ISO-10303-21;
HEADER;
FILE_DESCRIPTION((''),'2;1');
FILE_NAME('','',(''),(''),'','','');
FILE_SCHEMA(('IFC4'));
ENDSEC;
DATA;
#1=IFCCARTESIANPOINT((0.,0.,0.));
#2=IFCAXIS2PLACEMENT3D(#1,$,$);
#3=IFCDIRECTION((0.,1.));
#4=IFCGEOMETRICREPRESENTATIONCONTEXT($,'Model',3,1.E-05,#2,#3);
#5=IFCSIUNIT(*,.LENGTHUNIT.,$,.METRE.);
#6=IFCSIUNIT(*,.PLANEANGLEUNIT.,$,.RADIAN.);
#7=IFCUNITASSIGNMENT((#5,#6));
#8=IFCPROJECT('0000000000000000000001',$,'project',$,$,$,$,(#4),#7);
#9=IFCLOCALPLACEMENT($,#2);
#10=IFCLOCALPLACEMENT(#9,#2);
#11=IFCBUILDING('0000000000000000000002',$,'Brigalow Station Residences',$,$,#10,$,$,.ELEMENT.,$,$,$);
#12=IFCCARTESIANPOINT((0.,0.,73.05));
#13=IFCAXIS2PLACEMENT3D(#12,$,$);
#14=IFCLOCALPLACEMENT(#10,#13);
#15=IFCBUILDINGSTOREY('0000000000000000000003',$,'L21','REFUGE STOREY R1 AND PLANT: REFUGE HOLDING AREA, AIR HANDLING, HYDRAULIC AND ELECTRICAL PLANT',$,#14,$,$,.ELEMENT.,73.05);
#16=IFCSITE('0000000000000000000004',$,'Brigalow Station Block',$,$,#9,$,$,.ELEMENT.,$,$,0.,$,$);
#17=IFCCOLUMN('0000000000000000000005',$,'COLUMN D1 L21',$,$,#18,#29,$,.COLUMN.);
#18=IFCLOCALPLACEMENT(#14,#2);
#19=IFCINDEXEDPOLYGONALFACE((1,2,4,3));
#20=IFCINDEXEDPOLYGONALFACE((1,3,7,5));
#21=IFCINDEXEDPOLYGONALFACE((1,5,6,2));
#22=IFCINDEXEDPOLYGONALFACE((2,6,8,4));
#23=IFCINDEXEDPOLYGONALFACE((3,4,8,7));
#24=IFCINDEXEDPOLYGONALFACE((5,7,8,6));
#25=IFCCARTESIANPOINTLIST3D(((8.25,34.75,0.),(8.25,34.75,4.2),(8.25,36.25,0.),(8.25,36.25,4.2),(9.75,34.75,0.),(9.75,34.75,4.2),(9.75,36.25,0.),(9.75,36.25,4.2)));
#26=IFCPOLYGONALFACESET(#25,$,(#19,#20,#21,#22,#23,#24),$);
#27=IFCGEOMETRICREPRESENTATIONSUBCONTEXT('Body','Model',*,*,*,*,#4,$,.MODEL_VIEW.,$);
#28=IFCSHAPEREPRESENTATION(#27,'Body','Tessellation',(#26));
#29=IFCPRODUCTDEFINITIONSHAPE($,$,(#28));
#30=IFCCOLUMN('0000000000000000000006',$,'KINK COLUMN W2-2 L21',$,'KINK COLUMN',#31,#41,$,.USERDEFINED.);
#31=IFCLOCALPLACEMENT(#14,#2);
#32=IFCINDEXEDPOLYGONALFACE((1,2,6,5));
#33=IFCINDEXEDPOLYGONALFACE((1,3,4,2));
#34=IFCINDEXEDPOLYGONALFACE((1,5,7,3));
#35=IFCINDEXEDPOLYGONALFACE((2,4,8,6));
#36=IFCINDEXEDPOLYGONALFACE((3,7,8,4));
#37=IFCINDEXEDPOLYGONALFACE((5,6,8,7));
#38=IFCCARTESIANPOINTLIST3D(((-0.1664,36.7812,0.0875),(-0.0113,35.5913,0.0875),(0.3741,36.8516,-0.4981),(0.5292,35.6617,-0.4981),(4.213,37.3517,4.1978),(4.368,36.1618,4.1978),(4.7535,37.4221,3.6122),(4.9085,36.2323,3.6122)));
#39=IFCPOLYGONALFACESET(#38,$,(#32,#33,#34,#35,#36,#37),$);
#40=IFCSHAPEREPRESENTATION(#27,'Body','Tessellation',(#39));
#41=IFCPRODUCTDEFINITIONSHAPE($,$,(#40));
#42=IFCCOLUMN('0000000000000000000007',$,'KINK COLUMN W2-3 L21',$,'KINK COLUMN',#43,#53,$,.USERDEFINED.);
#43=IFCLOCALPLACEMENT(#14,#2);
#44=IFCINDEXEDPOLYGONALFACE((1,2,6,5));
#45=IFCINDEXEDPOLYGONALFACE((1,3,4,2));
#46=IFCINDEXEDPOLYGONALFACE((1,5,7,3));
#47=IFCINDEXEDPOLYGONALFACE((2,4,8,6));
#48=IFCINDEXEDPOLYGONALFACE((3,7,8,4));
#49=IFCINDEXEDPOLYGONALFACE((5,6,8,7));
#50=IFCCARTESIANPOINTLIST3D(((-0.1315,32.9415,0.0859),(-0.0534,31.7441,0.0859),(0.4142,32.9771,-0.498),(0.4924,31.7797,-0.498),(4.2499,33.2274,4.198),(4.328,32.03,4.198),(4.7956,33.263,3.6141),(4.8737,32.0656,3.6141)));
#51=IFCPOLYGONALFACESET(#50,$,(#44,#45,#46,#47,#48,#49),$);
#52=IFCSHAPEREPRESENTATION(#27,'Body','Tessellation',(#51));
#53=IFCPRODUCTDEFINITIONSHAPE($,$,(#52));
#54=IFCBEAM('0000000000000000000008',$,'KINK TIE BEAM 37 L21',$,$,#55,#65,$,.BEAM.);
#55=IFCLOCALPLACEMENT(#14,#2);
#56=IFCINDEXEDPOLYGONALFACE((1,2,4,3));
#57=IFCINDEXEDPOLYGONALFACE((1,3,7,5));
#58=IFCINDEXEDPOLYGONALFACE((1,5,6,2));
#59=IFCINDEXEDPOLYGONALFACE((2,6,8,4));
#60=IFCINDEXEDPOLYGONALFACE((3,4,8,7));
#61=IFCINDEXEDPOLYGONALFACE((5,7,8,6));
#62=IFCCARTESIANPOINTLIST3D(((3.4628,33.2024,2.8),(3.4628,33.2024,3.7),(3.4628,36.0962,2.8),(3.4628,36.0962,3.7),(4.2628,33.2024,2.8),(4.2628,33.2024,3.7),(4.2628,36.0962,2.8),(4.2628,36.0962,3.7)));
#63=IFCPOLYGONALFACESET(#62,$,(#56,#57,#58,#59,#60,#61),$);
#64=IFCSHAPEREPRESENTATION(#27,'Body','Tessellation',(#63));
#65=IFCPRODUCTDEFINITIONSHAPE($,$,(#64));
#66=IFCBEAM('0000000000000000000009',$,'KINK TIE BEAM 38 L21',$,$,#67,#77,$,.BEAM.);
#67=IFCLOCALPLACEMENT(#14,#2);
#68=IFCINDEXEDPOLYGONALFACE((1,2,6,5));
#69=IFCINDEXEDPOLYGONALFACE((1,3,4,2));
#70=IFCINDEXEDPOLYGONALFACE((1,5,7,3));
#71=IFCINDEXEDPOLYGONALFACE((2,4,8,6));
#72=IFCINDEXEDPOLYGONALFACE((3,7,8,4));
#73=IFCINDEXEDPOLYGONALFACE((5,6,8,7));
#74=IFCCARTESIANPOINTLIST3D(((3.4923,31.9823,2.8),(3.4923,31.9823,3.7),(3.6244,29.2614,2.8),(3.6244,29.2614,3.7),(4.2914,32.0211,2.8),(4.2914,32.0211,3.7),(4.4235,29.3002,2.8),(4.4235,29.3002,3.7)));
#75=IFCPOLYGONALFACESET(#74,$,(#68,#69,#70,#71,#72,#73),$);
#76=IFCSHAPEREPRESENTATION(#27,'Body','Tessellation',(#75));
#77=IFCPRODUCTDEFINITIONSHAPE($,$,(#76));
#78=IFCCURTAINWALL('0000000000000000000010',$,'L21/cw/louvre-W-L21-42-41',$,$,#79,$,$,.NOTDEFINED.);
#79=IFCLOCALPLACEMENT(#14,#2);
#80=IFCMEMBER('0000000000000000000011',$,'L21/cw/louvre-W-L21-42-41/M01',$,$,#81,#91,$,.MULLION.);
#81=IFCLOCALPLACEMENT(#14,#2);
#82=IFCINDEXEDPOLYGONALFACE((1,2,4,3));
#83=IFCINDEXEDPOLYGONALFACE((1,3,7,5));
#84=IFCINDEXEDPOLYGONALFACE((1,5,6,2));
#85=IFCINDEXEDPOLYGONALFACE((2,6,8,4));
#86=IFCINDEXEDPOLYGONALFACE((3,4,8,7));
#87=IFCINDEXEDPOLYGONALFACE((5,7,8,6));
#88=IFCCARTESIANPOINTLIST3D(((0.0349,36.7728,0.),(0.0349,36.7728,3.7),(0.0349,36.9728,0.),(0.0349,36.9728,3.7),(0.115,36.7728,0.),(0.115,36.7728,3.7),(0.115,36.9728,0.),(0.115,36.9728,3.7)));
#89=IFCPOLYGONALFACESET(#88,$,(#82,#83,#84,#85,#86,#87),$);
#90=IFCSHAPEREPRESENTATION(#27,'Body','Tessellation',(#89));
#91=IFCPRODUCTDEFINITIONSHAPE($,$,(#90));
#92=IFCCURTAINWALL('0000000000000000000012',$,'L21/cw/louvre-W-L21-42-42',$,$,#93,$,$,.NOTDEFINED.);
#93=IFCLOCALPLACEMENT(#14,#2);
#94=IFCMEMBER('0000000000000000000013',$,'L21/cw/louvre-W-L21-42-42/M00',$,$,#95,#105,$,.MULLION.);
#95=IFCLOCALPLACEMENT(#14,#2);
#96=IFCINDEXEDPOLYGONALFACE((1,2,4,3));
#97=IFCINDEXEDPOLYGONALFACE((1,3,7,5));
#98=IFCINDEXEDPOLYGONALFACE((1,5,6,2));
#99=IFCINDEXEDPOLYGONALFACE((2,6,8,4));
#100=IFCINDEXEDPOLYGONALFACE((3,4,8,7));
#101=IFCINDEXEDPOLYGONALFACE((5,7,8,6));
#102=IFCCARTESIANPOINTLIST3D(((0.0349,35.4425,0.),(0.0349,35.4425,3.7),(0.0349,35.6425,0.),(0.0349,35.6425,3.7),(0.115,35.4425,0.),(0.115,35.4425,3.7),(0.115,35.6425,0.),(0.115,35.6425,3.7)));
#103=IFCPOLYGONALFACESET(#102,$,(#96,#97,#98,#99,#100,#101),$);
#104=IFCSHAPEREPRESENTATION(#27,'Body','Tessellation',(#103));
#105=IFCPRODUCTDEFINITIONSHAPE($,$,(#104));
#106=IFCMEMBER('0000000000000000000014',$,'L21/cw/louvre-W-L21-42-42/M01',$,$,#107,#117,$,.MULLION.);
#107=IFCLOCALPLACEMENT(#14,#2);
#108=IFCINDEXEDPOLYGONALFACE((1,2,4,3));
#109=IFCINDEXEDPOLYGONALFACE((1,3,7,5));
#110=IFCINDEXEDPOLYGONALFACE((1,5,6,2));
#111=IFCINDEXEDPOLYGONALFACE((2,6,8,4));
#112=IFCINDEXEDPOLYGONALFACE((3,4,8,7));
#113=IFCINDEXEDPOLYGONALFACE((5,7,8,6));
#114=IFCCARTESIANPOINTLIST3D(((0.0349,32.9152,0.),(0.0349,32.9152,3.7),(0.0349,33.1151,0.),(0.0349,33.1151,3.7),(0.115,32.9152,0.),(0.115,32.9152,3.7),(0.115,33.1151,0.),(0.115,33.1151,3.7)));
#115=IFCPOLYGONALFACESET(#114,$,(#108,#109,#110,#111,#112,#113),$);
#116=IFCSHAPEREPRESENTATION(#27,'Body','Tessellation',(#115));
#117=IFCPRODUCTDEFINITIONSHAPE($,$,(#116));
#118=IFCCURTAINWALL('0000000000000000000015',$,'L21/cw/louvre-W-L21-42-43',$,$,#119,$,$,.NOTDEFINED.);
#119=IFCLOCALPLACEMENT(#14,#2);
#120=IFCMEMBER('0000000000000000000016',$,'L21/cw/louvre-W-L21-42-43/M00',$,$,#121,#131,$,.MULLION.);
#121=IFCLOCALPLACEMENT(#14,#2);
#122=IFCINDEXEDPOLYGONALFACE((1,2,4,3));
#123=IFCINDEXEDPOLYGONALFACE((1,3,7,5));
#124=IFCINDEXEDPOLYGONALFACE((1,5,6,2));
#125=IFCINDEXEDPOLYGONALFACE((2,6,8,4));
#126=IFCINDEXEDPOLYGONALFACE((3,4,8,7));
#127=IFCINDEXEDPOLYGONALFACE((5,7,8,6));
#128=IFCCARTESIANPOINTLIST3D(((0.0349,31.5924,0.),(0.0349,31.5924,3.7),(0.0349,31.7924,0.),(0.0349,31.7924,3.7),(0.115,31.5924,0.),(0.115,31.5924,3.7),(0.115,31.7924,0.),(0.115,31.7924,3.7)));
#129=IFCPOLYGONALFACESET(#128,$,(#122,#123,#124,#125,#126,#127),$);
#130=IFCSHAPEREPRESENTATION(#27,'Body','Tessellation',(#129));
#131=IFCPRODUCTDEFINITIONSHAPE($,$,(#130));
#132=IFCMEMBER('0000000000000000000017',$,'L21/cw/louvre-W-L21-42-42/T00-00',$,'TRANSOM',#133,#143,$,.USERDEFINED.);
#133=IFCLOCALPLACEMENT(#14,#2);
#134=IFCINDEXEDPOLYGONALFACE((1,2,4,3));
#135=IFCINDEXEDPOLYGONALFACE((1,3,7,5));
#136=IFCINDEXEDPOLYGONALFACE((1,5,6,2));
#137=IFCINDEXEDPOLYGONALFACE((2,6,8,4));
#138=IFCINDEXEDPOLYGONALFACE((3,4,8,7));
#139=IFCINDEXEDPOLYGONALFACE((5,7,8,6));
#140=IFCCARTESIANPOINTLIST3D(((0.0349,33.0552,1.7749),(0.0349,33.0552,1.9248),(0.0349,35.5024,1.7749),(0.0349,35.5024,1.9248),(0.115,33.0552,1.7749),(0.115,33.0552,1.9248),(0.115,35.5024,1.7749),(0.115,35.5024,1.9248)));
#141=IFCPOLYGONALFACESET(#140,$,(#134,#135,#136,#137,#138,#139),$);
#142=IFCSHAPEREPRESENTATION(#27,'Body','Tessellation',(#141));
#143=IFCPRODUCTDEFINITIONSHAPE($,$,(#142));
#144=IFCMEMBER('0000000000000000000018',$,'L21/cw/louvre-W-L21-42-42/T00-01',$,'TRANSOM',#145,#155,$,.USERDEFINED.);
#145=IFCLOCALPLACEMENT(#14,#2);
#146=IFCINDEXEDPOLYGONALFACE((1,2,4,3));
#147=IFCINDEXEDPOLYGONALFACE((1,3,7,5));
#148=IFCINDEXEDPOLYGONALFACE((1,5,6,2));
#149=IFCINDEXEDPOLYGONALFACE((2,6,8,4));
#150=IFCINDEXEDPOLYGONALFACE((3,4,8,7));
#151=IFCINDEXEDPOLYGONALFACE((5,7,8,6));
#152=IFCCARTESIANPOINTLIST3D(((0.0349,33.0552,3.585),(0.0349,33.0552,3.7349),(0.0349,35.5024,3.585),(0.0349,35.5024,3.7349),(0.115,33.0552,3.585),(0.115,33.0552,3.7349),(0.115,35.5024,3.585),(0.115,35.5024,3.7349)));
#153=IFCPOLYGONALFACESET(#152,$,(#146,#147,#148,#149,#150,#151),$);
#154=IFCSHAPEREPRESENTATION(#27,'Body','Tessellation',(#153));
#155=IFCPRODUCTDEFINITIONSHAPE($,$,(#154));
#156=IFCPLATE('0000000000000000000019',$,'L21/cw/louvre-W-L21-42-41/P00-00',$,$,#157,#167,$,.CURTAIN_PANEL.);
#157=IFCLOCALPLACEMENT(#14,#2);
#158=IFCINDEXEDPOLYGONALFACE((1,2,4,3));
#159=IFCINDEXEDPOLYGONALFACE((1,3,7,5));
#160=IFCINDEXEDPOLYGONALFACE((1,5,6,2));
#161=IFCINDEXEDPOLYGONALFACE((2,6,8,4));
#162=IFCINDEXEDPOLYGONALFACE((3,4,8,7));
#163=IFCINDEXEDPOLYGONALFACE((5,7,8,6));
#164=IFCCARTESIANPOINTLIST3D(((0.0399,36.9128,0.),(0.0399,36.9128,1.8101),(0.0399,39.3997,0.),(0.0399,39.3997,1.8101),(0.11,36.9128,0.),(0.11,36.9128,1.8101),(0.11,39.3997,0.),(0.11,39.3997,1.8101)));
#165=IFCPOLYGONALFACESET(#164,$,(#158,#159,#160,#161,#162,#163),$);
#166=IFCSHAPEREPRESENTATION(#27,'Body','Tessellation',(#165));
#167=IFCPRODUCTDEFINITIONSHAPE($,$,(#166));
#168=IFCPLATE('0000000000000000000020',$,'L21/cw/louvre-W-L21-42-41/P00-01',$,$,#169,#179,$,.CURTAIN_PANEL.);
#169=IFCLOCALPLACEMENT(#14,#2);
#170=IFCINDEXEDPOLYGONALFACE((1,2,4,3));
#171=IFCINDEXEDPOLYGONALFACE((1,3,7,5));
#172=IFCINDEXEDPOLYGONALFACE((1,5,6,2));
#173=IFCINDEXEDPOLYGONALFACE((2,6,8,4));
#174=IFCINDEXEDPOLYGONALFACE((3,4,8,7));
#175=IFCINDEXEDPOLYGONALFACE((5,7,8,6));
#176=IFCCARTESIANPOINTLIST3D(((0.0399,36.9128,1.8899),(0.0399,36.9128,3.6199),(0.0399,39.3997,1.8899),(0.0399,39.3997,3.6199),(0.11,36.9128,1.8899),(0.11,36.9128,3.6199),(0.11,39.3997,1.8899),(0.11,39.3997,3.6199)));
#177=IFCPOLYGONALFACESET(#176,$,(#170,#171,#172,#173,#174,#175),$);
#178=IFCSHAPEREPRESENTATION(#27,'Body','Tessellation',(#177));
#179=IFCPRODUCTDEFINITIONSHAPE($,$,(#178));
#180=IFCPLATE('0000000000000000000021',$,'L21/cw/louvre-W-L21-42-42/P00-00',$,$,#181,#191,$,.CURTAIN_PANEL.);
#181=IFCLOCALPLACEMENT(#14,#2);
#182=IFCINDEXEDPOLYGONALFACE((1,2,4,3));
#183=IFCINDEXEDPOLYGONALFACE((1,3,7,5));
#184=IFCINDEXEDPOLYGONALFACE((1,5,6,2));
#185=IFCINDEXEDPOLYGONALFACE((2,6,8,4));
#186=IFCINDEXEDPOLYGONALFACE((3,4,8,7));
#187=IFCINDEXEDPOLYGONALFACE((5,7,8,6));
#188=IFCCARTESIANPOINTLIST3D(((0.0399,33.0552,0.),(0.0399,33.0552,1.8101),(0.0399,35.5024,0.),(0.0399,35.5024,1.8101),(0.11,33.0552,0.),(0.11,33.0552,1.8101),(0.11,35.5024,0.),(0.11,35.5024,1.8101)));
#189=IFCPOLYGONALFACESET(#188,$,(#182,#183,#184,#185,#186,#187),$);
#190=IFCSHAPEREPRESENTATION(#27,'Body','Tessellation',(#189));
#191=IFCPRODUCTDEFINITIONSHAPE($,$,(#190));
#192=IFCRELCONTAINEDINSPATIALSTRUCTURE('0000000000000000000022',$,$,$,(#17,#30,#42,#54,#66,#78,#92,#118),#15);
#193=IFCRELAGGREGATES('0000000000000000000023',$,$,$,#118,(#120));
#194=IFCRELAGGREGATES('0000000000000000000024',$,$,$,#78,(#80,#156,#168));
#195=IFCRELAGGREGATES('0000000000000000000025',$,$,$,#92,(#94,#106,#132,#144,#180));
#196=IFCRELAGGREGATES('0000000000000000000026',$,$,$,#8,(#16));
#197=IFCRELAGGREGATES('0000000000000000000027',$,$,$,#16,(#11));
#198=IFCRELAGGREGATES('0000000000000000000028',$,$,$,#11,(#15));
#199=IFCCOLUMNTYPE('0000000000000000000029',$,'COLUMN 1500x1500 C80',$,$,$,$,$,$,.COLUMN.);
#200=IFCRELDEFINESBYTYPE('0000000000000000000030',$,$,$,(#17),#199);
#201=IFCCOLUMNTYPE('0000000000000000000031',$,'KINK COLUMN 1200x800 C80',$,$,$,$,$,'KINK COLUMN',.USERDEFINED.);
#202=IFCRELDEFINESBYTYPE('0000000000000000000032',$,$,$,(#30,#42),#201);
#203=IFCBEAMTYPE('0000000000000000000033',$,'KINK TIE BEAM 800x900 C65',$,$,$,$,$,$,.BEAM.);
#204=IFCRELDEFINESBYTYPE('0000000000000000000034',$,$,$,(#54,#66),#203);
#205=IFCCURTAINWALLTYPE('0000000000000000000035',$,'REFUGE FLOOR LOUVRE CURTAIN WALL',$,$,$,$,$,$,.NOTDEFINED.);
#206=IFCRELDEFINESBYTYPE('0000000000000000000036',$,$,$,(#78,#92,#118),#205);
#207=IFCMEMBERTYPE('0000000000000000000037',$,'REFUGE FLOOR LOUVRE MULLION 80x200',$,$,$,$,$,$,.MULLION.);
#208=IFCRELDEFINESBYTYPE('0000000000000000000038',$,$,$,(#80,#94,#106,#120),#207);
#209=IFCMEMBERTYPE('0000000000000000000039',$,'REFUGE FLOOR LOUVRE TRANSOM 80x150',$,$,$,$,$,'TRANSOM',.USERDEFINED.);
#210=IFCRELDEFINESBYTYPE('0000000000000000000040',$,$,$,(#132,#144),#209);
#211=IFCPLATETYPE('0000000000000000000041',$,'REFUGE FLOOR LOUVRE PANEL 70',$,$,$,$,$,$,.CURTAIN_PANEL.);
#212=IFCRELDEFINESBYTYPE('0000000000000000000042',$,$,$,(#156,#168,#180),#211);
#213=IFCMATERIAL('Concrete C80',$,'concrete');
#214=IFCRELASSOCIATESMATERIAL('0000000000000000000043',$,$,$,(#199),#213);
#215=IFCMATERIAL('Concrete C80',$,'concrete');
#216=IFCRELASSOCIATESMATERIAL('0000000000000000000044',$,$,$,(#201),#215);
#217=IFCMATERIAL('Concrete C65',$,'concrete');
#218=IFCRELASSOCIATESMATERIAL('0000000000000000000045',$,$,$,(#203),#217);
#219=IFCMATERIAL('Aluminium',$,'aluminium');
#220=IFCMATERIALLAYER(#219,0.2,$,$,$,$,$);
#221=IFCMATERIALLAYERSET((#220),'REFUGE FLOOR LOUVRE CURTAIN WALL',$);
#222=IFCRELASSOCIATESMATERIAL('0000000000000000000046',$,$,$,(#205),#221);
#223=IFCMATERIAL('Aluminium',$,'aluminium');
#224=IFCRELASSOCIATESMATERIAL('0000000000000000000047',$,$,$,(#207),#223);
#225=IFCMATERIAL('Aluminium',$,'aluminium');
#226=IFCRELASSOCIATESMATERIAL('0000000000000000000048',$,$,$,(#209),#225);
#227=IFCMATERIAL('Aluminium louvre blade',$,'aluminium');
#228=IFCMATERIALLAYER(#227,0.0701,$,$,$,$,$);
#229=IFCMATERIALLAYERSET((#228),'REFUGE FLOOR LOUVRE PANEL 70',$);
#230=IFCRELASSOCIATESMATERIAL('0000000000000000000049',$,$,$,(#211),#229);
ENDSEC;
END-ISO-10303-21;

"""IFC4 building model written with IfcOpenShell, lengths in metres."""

from ifc_helpers import new_model, si_unit, direction, frame, origin, origin_2d, place, context, subcontext, project, spatial, rectangle, extrude, material, layer, layer_set, material_profile, profile_set, type_object, element, aggregate, save


model = new_model("IFC4")

# Units and contexts
model_context = context("Model", 3, precision=1e-05, world=origin(), true_north=direction((0.0, 1.0)))
body_context = subcontext(model_context, "Body", "Model", "MODEL_VIEW")
ifc_project = project(units=[si_unit("LENGTHUNIT", "METRE"), si_unit("PLANEANGLEUNIT", "RADIAN")], contexts=[model_context])

# Site, building, storey
site_placement = place(None, origin())
site = spatial("IfcSite", under=ifc_project, at=site_placement, Name="Brigalow Station Block", CompositionType="ELEMENT", RefElevation=0.0)
building_placement = place(site_placement, origin())
building = spatial("IfcBuilding", under=site, at=building_placement, Name="Brigalow Station Residences", CompositionType="ELEMENT")
storey_placement = place(building_placement, frame((0.0, 0.0, 73.05)))
storey = spatial("IfcBuildingStorey", under=building, at=storey_placement, Name="L21", Description="REFUGE STOREY R1 AND PLANT: REFUGE HOLDING AREA, AIR HANDLING, HYDRAULIC AND ELECTRICAL PLANT", CompositionType="ELEMENT", Elevation=73.05)

# Columns
ifc_material_1 = material(Name="Concrete C80", Category="concrete")
ifc_material_profile_1 = material_profile(ifc_material_1, rectangle(XDim=1.5, YDim=1.5, at=origin_2d()), Name="RC1500x1500")
ifc_profile_set_1 = profile_set([ifc_material_profile_1], Name="Concrete C80")
column_type_1 = type_object("IfcColumnType", Name="COLUMN 1500x1500 C80", PredefinedType="COLUMN", material=ifc_profile_set_1)
column_1_placement = place(storey_placement, frame((9.0, 35.5, 0.0), z_axis=(0.0, 0.0, 1.0), x_axis=(1.0, 0.0, 0.0)))
element("IfcColumn", 1, at=column_1_placement, inside=storey, type_object=column_type_1, Name="COLUMN D1 L21", PredefinedType="COLUMN", context=body_context, shape_type="SweptSolid", body=[
    extrude(rectangle(XDim=1.5, YDim=1.5, at=origin_2d()), origin(), (0.0, 0.0, 1.0), 4.2),
])
ifc_material_2 = material(Name="Concrete C80", Category="concrete")
ifc_material_profile_2 = material_profile(ifc_material_2, rectangle(XDim=1.2, YDim=0.8, at=origin_2d()), Name="RC1200x800")
ifc_profile_set_2 = profile_set([ifc_material_profile_2], Name="Concrete C80")
column_type_2 = type_object("IfcColumnType", Name="KINK COLUMN 1200x800 C80", ElementType="KINK COLUMN", PredefinedType="USERDEFINED", material=ifc_profile_set_2)
column_2_placement = place(storey_placement, frame((0.1814, 36.2214, -0.2053), z_axis=(0.725881, 0.094569, 0.681288), x_axis=(-0.12919, 0.99162, 0.0)))
element("IfcColumn", 2, at=column_2_placement, inside=storey, type_object=column_type_2, Name="KINK COLUMN W2-2 L21", ObjectType="KINK COLUMN", PredefinedType="USERDEFINED", context=body_context, shape_type="SweptSolid", body=[
    extrude(rectangle(XDim=1.2, YDim=0.8, at=origin_2d()), origin(), (0.0, 0.0, 1.0), 6.0332),
])
column_3_placement = place(storey_placement, frame((0.1804, 32.3606, -0.2061), z_axis=(0.728336, 0.047525, 0.683571), x_axis=(-0.065113, 0.997878, 0.0)))
element("IfcColumn", 3, at=column_3_placement, inside=storey, type_object=column_type_2, Name="KINK COLUMN W2-3 L21", ObjectType="KINK COLUMN", PredefinedType="USERDEFINED", context=body_context, shape_type="SweptSolid", body=[
    extrude(rectangle(XDim=1.2, YDim=0.8, at=origin_2d()), origin(), (0.0, 0.0, 1.0), 6.0156),
])

# Beams
ifc_material_3 = material(Name="Concrete C65", Category="concrete")
ifc_material_profile_3 = material_profile(ifc_material_3, rectangle(XDim=0.8, YDim=0.8999, at=origin_2d()), Name="RC800x900")
ifc_profile_set_3 = profile_set([ifc_material_profile_3], Name="Concrete C65")
beam_type = type_object("IfcBeamType", Name="KINK TIE BEAM 800x900 C65", PredefinedType="BEAM", material=ifc_profile_set_3)
beam_1_placement = place(storey_placement, frame((3.8628, 36.0962, 3.25), z_axis=(0.0, -1.0, 0.0), x_axis=(1.0, 0.0, 0.0)))
element("IfcBeam", 4, at=beam_1_placement, inside=storey, type_object=beam_type, Name="KINK TIE BEAM 37 L21", PredefinedType="BEAM", context=body_context, shape_type="SweptSolid", body=[
    extrude(rectangle(XDim=0.8, YDim=0.8999, at=origin_2d()), origin(), (0.0, 0.0, 1.0), 2.8938),
])
beam_2_placement = place(storey_placement, frame((3.8918, 32.0017, 3.25), z_axis=(0.048485, -0.998824, 0.0), x_axis=(0.998824, 0.048485, 0.0)))
element("IfcBeam", 5, at=beam_2_placement, inside=storey, type_object=beam_type, Name="KINK TIE BEAM 38 L21", PredefinedType="BEAM", context=body_context, shape_type="SweptSolid", body=[
    extrude(rectangle(XDim=0.8, YDim=0.8999, at=origin_2d()), origin(), (0.0, 0.0, 1.0), 2.7241),
])

# Curtain wall, member
ifc_material_4 = material(Name="Aluminium", Category="aluminium")
ifc_layer_1 = layer(ifc_material_4, 0.2)
ifc_layer_set_1 = layer_set([ifc_layer_1], Name="REFUGE FLOOR LOUVRE CURTAIN WALL")
curtain_wall_type = type_object("IfcCurtainWallType", Name="REFUGE FLOOR LOUVRE CURTAIN WALL", PredefinedType="NOTDEFINED", material=ifc_layer_set_1)
curtain_wall_1_placement = place(storey_placement, origin())
curtain_wall_1 = element("IfcCurtainWall", 6, at=curtain_wall_1_placement, inside=storey, type_object=curtain_wall_type, Name="L21/cw/louvre-W-L21-42-41", PredefinedType="NOTDEFINED")
ifc_material_5 = material(Name="Aluminium", Category="aluminium")
ifc_material_profile_4 = material_profile(ifc_material_5, rectangle(XDim=0.0801, YDim=0.2, at=origin_2d()), Name="REFUGE FLOOR LOUVRE MULLION 80x200")
ifc_profile_set_4 = profile_set([ifc_material_profile_4], Name="Aluminium")
member_type_1 = type_object("IfcMemberType", Name="REFUGE FLOOR LOUVRE MULLION 80x200", PredefinedType="MULLION", material=ifc_profile_set_4)
member_1_placement = place(storey_placement, frame((0.075, 36.8728, 0.0), z_axis=(0.0, 0.0, 1.0), x_axis=(1.0, 0.0, 0.0)))
member_1 = element("IfcMember", 7, at=member_1_placement, type_object=member_type_1, Name="L21/cw/louvre-W-L21-42-41/M01", PredefinedType="MULLION", context=body_context, shape_type="SweptSolid", body=[
    extrude(rectangle(XDim=0.0801, YDim=0.2, at=origin_2d()), origin(), (0.0, 0.0, 1.0), 3.7),
])

# Curtain wall, members
curtain_wall_2_placement = place(storey_placement, origin())
curtain_wall_2 = element("IfcCurtainWall", 8, at=curtain_wall_2_placement, inside=storey, type_object=curtain_wall_type, Name="L21/cw/louvre-W-L21-42-42", PredefinedType="NOTDEFINED")
member_2_placement = place(storey_placement, frame((0.075, 35.5425, 0.0), z_axis=(0.0, 0.0, 1.0), x_axis=(1.0, 0.0, 0.0)))
member_2 = element("IfcMember", 9, at=member_2_placement, type_object=member_type_1, Name="L21/cw/louvre-W-L21-42-42/M00", PredefinedType="MULLION", context=body_context, shape_type="SweptSolid", body=[
    extrude(rectangle(XDim=0.0801, YDim=0.2, at=origin_2d()), origin(), (0.0, 0.0, 1.0), 3.7),
])
member_3_placement = place(storey_placement, frame((0.075, 33.0151, 0.0), z_axis=(0.0, 0.0, 1.0), x_axis=(1.0, 0.0, 0.0)))
member_3 = element("IfcMember", 10, at=member_3_placement, type_object=member_type_1, Name="L21/cw/louvre-W-L21-42-42/M01", PredefinedType="MULLION", context=body_context, shape_type="SweptSolid", body=[
    extrude(rectangle(XDim=0.0801, YDim=0.2, at=origin_2d()), origin(), (0.0, 0.0, 1.0), 3.7),
])

# Curtain wall, member
curtain_wall_3_placement = place(storey_placement, origin())
curtain_wall_3 = element("IfcCurtainWall", 11, at=curtain_wall_3_placement, inside=storey, type_object=curtain_wall_type, Name="L21/cw/louvre-W-L21-42-43", PredefinedType="NOTDEFINED")
member_4_placement = place(storey_placement, frame((0.075, 31.6924, 0.0), z_axis=(0.0, 0.0, 1.0), x_axis=(1.0, 0.0, 0.0)))
member_4 = element("IfcMember", 12, at=member_4_placement, type_object=member_type_1, Name="L21/cw/louvre-W-L21-42-43/M00", PredefinedType="MULLION", context=body_context, shape_type="SweptSolid", body=[
    extrude(rectangle(XDim=0.0801, YDim=0.2, at=origin_2d()), origin(), (0.0, 0.0, 1.0), 3.7),
])
aggregate(curtain_wall_3, [member_4])

# Members
ifc_material_6 = material(Name="Aluminium", Category="aluminium")
ifc_material_profile_5 = material_profile(ifc_material_6, rectangle(XDim=0.0801, YDim=0.1499, at=origin_2d()), Name="REFUGE FLOOR LOUVRE TRANSOM 80x150")
ifc_profile_set_5 = profile_set([ifc_material_profile_5], Name="Aluminium")
member_type_2 = type_object("IfcMemberType", Name="REFUGE FLOOR LOUVRE TRANSOM 80x150", ElementType="TRANSOM", PredefinedType="USERDEFINED", material=ifc_profile_set_5)
member_5_placement = place(storey_placement, frame((0.075, 35.5024, 1.8499), z_axis=(0.0, -1.0, 0.0), x_axis=(1.0, 0.0, 0.0)))
member_5 = element("IfcMember", 13, at=member_5_placement, type_object=member_type_2, Name="L21/cw/louvre-W-L21-42-42/T00-00", ObjectType="TRANSOM", PredefinedType="USERDEFINED", context=body_context, shape_type="SweptSolid", body=[
    extrude(rectangle(XDim=0.0801, YDim=0.1499, at=origin_2d()), origin(), (0.0, 0.0, 1.0), 2.4473),
])
member_6_placement = place(storey_placement, frame((0.075, 35.5024, 3.6599), z_axis=(0.0, -1.0, 0.0), x_axis=(1.0, 0.0, 0.0)))
member_6 = element("IfcMember", 14, at=member_6_placement, type_object=member_type_2, Name="L21/cw/louvre-W-L21-42-42/T00-01", ObjectType="TRANSOM", PredefinedType="USERDEFINED", context=body_context, shape_type="SweptSolid", body=[
    extrude(rectangle(XDim=0.0801, YDim=0.1499, at=origin_2d()), origin(), (0.0, 0.0, 1.0), 2.4473),
])

# Plates
ifc_material_7 = material(Name="Aluminium louvre blade", Category="aluminium")
ifc_layer_2 = layer(ifc_material_7, 0.0701)
ifc_layer_set_2 = layer_set([ifc_layer_2], Name="REFUGE FLOOR LOUVRE PANEL 70")
plate_type = type_object("IfcPlateType", Name="REFUGE FLOOR LOUVRE PANEL 70", PredefinedType="CURTAIN_PANEL", material=ifc_layer_set_2)
plate_1_placement = place(storey_placement, frame((0.075, 38.1562, 0.0), z_axis=(0.0, 0.0, 1.0), x_axis=(0.0, -1.0, 0.0)))
plate_1 = element("IfcPlate", 15, at=plate_1_placement, type_object=plate_type, Name="L21/cw/louvre-W-L21-42-41/P00-00", PredefinedType="CURTAIN_PANEL", context=body_context, shape_type="SweptSolid", body=[
    extrude(rectangle(XDim=2.4868, YDim=0.0701, at=origin_2d()), origin(), (0.0, 0.0, 1.0), 1.8101),
])
plate_2_placement = place(storey_placement, frame((0.075, 38.1562, 1.8899), z_axis=(0.0, 0.0, 1.0), x_axis=(0.0, -1.0, 0.0)))
plate_2 = element("IfcPlate", 16, at=plate_2_placement, type_object=plate_type, Name="L21/cw/louvre-W-L21-42-41/P00-01", PredefinedType="CURTAIN_PANEL", context=body_context, shape_type="SweptSolid", body=[
    extrude(rectangle(XDim=2.4868, YDim=0.0701, at=origin_2d()), origin(), (0.0, 0.0, 1.0), 1.73),
])
aggregate(curtain_wall_1, [member_1, plate_1, plate_2])
plate_3_placement = place(storey_placement, frame((0.075, 34.2788, 0.0), z_axis=(0.0, 0.0, 1.0), x_axis=(0.0, -1.0, 0.0)))
plate_3 = element("IfcPlate", 17, at=plate_3_placement, type_object=plate_type, Name="L21/cw/louvre-W-L21-42-42/P00-00", PredefinedType="CURTAIN_PANEL", context=body_context, shape_type="SweptSolid", body=[
    extrude(rectangle(XDim=2.4473, YDim=0.0701, at=origin_2d()), origin(), (0.0, 0.0, 1.0), 1.8101),
])
aggregate(curtain_wall_2, [member_2, member_3, member_5, member_6, plate_3])

save(model, "model.ifc")
